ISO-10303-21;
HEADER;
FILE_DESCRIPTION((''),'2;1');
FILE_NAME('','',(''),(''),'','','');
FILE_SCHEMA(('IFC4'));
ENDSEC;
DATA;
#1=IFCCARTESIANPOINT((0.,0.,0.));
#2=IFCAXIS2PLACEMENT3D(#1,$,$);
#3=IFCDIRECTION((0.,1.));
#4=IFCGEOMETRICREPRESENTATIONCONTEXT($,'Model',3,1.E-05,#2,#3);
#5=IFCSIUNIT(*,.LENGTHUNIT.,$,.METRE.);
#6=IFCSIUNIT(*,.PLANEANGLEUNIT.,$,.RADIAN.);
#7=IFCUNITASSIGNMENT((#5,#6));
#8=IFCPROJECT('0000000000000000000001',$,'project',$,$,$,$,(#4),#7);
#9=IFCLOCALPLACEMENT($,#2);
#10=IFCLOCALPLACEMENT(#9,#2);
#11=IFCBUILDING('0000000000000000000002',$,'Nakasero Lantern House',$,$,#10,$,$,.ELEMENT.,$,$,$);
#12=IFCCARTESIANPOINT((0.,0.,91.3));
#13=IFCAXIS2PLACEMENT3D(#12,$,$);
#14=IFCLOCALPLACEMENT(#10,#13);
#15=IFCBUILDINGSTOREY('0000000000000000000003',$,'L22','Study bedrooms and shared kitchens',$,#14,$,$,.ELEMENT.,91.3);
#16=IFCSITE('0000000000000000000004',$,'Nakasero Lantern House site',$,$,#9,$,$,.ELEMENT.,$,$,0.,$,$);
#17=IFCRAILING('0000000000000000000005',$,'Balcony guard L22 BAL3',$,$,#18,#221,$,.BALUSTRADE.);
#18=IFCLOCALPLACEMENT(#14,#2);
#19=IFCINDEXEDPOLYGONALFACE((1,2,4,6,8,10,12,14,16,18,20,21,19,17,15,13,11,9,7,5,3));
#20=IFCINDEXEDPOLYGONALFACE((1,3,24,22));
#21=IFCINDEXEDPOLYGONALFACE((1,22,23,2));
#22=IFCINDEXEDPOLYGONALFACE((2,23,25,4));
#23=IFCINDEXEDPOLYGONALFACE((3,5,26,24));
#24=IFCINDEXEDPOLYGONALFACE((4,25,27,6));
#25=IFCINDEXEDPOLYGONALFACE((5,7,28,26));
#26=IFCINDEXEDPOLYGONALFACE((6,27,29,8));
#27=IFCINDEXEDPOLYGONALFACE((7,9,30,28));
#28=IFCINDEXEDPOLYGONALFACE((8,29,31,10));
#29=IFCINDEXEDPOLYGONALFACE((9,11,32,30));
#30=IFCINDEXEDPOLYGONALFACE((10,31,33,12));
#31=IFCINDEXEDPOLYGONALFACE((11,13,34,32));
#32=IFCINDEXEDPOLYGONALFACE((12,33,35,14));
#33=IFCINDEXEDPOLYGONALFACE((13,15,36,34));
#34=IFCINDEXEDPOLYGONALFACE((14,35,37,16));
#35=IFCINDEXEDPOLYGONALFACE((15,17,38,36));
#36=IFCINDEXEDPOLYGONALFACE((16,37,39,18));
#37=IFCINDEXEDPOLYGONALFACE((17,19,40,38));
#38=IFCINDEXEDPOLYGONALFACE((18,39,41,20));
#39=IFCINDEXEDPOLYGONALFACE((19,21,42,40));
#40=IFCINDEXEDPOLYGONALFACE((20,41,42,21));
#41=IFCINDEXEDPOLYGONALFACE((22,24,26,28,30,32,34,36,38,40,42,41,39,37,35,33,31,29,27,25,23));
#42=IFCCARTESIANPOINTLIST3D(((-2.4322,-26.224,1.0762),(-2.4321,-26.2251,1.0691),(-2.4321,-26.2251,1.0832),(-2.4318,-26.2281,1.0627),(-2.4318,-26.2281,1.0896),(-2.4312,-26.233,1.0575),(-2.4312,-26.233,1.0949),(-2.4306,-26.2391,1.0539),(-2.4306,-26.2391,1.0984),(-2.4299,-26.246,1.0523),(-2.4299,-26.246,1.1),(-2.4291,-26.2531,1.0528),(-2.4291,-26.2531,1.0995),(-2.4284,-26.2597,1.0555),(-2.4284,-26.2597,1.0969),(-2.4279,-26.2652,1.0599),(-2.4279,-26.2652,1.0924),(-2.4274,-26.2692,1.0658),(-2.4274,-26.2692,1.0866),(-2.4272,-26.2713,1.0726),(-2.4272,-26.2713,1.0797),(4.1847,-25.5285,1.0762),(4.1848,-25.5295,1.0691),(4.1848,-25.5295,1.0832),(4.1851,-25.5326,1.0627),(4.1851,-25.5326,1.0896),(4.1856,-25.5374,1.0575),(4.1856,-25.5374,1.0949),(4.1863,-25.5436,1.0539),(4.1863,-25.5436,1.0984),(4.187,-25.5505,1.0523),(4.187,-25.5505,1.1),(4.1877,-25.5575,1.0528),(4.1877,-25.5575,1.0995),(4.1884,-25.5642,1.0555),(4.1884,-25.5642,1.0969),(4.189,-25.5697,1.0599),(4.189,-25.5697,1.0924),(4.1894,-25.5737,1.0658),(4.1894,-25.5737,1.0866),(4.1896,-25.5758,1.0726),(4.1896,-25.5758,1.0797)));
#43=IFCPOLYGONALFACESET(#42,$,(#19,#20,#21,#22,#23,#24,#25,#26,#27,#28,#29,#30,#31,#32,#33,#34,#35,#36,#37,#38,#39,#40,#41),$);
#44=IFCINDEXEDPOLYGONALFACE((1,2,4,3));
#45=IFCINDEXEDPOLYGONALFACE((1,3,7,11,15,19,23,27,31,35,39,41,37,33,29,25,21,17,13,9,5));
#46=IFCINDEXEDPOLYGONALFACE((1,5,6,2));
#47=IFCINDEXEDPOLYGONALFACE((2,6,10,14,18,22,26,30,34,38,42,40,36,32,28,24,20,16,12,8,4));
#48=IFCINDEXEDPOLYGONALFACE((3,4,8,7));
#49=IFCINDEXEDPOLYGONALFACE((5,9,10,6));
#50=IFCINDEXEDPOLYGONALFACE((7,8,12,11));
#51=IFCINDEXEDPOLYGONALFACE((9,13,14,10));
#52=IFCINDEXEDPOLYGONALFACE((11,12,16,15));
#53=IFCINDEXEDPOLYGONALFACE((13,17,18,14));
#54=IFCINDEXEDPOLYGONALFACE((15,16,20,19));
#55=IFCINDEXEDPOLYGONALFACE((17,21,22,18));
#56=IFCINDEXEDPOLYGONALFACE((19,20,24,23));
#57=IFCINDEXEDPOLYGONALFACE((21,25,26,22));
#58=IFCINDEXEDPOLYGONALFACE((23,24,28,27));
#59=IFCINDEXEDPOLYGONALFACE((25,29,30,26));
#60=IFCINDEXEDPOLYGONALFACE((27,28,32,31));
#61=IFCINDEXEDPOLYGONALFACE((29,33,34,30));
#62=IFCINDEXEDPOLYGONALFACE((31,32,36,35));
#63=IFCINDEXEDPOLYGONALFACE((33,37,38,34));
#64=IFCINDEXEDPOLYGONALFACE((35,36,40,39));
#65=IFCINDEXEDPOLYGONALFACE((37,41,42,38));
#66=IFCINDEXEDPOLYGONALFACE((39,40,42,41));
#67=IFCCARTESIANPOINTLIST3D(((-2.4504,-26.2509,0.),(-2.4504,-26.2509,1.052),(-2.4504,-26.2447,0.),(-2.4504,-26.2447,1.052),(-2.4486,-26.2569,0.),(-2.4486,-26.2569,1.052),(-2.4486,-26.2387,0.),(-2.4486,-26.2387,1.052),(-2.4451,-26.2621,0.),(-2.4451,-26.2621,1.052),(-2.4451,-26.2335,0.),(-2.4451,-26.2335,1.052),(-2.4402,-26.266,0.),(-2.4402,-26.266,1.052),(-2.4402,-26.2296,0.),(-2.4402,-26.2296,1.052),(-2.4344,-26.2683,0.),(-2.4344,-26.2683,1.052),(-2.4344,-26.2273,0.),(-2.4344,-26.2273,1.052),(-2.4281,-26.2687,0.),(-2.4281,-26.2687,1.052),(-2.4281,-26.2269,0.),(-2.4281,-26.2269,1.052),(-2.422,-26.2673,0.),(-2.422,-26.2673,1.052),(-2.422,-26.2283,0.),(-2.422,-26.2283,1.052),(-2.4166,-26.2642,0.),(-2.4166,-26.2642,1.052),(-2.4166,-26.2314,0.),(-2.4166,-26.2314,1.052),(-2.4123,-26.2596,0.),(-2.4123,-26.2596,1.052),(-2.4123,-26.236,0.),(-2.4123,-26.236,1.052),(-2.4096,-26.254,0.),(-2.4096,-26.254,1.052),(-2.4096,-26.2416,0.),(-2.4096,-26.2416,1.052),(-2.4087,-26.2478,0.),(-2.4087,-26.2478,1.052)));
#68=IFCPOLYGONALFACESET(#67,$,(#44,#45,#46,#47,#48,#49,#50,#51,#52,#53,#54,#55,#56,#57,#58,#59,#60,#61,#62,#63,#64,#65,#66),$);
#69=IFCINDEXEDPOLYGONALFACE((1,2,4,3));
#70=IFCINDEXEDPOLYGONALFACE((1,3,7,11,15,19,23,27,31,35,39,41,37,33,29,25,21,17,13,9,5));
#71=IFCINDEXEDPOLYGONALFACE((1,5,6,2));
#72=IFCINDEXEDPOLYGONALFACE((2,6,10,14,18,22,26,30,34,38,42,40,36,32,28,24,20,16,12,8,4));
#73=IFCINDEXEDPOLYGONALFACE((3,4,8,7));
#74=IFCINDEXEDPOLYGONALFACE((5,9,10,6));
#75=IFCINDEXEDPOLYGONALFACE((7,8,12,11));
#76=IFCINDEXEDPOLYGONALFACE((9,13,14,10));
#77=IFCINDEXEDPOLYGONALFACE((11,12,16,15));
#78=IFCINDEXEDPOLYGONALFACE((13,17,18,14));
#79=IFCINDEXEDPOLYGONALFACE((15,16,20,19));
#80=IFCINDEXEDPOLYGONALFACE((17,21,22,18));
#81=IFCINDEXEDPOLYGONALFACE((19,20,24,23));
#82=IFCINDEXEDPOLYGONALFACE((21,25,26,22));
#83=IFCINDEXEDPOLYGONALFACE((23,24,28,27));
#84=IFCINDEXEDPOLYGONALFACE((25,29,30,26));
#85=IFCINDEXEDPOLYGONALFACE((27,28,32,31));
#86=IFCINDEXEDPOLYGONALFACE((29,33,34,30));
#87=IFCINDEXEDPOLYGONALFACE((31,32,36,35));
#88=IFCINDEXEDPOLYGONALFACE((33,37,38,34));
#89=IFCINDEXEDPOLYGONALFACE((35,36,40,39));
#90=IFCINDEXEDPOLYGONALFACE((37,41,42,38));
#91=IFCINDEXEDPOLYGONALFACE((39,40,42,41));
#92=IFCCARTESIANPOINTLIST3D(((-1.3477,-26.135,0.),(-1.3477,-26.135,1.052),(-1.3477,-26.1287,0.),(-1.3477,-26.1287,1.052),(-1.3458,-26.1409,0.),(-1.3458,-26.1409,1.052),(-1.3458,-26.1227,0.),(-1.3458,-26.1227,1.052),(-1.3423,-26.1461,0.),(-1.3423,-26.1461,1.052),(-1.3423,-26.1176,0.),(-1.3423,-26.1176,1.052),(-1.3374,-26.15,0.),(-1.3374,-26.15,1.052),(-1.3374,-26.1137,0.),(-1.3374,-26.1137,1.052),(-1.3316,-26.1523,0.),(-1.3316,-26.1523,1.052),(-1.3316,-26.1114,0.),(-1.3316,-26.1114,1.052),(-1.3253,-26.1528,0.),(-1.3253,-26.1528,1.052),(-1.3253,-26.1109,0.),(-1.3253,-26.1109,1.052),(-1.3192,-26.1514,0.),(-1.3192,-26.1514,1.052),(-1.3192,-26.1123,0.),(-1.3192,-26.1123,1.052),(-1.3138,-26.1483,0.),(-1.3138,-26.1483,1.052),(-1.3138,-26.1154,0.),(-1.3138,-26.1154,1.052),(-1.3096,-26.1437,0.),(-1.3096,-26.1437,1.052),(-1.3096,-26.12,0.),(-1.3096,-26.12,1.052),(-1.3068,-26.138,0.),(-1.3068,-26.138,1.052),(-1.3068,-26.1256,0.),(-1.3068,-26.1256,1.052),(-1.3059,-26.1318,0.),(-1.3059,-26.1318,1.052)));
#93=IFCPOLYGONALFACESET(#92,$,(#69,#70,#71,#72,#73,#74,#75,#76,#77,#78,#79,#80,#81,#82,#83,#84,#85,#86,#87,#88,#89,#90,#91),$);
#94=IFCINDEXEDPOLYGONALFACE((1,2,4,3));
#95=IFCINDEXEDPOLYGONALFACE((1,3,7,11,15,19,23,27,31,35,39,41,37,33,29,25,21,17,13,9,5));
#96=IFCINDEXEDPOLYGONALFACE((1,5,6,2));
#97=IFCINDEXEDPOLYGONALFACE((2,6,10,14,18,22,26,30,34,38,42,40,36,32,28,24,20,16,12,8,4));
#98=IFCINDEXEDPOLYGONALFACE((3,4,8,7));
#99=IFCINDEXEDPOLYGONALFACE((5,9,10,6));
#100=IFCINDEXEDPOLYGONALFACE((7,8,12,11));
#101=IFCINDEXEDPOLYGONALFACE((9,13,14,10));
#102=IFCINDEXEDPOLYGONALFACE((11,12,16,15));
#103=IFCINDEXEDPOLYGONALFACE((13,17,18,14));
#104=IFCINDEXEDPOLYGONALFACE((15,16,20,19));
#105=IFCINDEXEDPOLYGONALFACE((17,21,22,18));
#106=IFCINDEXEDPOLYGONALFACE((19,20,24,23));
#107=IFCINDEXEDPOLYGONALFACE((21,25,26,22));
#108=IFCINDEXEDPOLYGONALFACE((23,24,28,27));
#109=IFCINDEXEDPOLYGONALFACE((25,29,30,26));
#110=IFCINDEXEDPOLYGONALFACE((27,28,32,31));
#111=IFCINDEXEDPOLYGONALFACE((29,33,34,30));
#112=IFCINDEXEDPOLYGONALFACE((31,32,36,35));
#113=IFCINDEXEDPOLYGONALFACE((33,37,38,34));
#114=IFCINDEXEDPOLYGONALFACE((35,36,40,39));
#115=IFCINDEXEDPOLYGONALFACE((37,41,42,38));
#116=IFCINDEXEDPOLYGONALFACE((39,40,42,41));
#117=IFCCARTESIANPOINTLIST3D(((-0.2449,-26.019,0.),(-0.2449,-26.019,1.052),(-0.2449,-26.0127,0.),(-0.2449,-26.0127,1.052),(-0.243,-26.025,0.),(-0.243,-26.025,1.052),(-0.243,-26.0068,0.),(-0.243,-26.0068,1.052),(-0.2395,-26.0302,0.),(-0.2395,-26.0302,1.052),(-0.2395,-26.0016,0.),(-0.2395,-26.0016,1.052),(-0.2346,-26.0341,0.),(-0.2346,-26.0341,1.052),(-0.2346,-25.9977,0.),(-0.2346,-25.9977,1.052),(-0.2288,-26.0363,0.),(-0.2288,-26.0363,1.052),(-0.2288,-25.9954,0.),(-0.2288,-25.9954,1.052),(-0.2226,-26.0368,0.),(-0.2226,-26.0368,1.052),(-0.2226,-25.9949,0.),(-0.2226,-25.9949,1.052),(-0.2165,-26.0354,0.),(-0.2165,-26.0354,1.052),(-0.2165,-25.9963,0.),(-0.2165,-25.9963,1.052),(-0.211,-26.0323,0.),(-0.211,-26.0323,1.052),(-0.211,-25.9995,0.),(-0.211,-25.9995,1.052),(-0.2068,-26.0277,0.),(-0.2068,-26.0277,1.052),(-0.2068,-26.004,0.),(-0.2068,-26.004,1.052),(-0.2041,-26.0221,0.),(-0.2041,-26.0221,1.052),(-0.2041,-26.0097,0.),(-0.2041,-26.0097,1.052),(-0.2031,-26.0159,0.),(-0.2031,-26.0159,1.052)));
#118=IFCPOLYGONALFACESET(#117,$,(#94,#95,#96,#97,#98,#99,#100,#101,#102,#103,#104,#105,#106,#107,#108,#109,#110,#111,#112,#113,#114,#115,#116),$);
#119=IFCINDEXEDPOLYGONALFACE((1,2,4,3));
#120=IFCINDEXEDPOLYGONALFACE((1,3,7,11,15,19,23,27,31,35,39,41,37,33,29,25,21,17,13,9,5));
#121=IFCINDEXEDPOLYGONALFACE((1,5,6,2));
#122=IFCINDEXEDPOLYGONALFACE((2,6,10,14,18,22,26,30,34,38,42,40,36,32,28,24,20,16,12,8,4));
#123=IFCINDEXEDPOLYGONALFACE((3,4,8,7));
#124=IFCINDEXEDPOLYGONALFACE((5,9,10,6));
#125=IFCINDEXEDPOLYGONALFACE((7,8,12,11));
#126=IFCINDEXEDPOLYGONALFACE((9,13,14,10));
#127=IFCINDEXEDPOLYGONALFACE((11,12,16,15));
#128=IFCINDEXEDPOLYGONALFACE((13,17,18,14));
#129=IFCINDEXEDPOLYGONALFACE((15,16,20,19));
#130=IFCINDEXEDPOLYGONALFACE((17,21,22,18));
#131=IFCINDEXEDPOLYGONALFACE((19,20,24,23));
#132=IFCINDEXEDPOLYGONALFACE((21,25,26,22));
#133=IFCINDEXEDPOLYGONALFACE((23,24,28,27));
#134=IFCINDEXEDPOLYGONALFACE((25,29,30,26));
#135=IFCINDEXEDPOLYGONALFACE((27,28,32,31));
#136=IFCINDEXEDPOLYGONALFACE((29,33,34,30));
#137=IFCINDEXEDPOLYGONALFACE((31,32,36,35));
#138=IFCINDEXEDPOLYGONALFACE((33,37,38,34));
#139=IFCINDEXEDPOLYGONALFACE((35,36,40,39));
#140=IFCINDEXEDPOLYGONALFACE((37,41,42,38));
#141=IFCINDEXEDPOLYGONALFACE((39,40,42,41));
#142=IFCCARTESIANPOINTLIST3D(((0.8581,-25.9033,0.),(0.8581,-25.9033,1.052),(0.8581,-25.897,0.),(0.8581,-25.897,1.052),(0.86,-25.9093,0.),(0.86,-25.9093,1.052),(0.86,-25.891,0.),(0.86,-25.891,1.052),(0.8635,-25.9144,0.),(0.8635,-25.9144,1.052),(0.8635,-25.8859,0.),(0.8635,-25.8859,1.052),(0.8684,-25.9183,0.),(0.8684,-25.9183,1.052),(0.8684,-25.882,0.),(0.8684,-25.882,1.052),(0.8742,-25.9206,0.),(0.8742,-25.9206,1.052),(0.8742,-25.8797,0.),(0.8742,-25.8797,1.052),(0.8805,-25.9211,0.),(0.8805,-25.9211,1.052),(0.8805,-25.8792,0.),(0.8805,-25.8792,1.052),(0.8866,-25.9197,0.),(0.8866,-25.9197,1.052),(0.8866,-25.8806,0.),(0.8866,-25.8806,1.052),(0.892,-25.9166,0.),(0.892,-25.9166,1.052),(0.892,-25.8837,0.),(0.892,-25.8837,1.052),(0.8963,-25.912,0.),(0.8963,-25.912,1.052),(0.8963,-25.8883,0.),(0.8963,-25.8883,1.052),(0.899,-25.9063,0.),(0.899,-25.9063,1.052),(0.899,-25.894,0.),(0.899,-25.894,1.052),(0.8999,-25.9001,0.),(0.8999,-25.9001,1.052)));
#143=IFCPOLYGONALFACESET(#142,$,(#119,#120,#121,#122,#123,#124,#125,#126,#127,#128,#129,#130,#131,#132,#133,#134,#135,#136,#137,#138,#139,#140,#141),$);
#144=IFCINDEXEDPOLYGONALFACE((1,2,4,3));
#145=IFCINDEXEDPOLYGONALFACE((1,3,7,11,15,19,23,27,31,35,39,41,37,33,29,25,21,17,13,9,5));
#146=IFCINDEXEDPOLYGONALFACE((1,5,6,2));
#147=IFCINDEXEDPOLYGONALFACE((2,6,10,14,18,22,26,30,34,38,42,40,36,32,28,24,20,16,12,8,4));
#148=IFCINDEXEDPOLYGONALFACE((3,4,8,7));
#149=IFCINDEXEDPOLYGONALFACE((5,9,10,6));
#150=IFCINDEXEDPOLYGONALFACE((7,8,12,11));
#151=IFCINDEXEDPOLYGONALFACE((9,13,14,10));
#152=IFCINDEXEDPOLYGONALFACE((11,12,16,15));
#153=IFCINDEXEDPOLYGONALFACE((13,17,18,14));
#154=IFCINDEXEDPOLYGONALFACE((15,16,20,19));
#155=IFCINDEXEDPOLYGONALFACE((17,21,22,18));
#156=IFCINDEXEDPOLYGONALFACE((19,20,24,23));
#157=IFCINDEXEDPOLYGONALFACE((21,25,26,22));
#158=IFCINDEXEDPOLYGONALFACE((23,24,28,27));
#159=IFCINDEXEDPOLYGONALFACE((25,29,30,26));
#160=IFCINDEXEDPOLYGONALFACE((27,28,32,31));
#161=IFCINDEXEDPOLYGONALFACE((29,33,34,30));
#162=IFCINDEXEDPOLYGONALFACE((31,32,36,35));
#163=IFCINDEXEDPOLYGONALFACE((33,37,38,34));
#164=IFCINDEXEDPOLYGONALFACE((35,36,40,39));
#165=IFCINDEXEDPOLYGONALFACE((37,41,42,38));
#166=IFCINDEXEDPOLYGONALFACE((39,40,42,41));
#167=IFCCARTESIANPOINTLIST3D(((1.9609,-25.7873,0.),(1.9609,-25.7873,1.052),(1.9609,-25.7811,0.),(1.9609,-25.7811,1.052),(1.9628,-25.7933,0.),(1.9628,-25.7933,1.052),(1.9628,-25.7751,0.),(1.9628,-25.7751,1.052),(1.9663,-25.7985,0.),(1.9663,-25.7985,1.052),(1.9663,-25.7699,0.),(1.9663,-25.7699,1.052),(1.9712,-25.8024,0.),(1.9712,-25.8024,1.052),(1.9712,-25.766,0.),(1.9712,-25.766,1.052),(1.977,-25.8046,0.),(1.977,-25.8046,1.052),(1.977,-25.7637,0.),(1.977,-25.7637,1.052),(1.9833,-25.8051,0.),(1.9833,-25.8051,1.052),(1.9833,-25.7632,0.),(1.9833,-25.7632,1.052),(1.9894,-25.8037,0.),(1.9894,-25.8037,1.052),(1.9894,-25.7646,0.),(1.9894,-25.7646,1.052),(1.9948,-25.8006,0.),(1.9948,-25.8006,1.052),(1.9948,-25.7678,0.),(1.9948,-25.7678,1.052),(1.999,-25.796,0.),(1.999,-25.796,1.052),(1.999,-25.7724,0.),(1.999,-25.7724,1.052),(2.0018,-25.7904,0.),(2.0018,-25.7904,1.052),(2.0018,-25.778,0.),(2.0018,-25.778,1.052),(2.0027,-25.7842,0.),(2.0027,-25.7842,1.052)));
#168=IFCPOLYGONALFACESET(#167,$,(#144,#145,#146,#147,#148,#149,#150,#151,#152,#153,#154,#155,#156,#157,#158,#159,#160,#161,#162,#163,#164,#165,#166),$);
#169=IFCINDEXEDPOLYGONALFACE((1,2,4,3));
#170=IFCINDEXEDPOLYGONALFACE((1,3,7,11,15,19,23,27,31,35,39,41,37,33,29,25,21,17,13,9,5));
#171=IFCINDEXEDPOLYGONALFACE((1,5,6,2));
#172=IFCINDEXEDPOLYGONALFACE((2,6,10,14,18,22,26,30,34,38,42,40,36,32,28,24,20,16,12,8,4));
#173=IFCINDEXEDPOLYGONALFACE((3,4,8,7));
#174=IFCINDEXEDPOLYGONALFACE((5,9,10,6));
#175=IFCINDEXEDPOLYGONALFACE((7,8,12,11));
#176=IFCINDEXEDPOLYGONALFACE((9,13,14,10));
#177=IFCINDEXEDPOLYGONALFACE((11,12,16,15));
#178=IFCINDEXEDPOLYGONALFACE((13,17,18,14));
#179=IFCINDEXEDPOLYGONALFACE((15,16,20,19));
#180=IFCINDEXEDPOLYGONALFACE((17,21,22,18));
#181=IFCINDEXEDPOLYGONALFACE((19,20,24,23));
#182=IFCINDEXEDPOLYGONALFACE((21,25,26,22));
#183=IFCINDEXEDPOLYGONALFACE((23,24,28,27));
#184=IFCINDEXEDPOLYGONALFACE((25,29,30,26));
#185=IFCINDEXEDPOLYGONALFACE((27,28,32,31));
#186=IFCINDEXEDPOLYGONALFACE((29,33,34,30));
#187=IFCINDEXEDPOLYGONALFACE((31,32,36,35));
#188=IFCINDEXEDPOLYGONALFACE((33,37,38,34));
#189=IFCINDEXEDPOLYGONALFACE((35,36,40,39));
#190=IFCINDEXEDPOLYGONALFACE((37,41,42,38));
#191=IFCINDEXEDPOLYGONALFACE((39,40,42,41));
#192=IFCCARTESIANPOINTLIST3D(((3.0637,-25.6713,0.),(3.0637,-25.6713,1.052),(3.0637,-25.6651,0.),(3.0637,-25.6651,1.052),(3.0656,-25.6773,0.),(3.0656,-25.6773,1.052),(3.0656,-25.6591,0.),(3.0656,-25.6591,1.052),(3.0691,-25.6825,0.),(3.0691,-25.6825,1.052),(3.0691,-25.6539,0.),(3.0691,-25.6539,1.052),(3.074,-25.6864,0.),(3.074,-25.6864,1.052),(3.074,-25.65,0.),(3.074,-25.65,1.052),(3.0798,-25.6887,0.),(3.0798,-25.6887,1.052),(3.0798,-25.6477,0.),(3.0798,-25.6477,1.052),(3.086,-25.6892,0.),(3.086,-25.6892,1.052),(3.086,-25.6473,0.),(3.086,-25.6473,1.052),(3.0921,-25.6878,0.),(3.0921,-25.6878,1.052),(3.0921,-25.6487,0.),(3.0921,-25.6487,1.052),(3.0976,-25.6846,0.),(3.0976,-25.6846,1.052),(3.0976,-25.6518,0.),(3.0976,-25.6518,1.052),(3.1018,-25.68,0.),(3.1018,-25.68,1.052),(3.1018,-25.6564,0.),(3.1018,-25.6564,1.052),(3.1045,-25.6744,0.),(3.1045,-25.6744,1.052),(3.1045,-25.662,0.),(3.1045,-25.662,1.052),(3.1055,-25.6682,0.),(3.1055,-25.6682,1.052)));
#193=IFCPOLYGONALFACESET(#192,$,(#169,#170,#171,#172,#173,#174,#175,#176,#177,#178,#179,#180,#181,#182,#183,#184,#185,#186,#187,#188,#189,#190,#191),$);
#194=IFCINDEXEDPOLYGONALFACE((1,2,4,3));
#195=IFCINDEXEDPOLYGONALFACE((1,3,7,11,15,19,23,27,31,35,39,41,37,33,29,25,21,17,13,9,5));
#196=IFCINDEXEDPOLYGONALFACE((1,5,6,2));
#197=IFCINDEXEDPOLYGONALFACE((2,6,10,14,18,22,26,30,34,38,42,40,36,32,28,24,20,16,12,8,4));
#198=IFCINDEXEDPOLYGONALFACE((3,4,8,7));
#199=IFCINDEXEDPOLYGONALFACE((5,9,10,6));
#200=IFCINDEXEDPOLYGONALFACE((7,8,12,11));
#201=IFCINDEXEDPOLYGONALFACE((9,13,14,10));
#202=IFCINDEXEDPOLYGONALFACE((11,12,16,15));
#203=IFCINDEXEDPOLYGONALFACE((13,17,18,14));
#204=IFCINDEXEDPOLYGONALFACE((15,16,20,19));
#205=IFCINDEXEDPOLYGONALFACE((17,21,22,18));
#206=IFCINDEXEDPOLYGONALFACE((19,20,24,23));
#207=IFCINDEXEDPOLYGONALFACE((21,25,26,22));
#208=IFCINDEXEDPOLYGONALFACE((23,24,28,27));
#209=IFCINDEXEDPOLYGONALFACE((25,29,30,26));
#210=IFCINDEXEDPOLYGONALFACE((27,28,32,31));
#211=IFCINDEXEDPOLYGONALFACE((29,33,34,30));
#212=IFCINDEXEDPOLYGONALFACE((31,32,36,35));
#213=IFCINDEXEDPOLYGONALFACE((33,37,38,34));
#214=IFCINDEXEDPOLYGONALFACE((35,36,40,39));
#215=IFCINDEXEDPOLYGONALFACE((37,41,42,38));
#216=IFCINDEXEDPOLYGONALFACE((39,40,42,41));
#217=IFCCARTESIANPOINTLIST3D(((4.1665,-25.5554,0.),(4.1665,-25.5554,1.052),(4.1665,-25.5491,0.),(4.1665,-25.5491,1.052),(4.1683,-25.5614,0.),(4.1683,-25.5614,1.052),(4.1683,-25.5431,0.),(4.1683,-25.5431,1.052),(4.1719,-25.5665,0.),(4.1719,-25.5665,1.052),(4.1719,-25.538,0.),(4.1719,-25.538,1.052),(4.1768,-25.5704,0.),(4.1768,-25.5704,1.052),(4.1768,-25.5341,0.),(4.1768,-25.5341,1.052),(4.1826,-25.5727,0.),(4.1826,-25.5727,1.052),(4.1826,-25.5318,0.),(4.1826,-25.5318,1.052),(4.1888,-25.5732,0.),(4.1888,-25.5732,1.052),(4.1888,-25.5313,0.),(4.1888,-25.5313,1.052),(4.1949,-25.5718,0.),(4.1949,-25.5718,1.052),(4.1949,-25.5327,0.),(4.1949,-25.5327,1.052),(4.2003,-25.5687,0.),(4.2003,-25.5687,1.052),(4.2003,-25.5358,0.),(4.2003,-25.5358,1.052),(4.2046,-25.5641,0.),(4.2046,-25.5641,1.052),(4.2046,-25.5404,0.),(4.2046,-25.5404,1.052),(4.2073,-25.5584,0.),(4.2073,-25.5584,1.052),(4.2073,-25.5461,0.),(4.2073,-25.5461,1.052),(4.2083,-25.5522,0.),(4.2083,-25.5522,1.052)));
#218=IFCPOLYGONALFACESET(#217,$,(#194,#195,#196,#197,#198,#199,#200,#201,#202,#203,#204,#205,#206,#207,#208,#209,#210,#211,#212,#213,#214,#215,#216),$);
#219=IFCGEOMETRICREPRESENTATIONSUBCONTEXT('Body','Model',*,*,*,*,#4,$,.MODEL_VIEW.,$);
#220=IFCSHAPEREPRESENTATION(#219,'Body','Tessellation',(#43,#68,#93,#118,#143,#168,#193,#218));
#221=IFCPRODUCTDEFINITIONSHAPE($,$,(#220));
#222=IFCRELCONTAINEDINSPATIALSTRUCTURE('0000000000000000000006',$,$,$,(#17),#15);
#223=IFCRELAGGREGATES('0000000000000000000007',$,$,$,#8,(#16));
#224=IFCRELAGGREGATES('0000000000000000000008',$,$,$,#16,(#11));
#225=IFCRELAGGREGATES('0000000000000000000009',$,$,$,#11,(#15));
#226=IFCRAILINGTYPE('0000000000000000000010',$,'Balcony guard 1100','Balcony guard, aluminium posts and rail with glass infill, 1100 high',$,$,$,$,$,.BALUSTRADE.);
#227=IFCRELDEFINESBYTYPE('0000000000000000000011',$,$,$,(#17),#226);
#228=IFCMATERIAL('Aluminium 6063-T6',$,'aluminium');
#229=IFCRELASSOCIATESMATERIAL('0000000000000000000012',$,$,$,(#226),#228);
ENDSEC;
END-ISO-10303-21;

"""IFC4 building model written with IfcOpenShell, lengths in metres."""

from ifc_helpers import new_model, si_unit, direction, frame, origin, origin_2d, place, context, subcontext, project, spatial, circle, extrude, material, type_object, element, save


model = new_model("IFC4")

# Units and contexts
model_context = context("Model", 3, precision=1e-05, world=origin(), true_north=direction((0.0, 1.0)))
body_context = subcontext(model_context, "Body", "Model", "MODEL_VIEW")
ifc_project = project(units=[si_unit("LENGTHUNIT", "METRE"), si_unit("PLANEANGLEUNIT", "RADIAN")], contexts=[model_context])

# Site, building, storey
site_placement = place(None, origin())
site = spatial("IfcSite", under=ifc_project, at=site_placement, Name="Nakasero Lantern House site", CompositionType="ELEMENT", RefElevation=0.0)
building_placement = place(site_placement, origin())
building = spatial("IfcBuilding", under=site, at=building_placement, Name="Nakasero Lantern House", CompositionType="ELEMENT")
storey_placement = place(building_placement, frame((0.0, 0.0, 91.3)))
storey = spatial("IfcBuildingStorey", under=building, at=storey_placement, Name="L22", Description="Study bedrooms and shared kitchens", CompositionType="ELEMENT", Elevation=91.3)

# Railing
ifc_material_1 = material(Name="Aluminium 6063-T6", Category="aluminium")
railing_type = type_object("IfcRailingType", Name="Balcony guard 1100", Description="Balcony guard, aluminium posts and rail with glass infill, 1100 high", PredefinedType="BALUSTRADE", material=ifc_material_1)
railing_placement = place(storey_placement, frame((-2.4297, -26.2478, 0.0)))
element("IfcRailing", 1, at=railing_placement, inside=storey, type_object=railing_type, Name="Balcony guard L22 BAL3", PredefinedType="BALUSTRADE", context=body_context, shape_type="SweptSolid", body=[
    extrude(circle(Radius=0.0239, at=origin_2d()), frame((0.0, 0.0, 1.0762), z_axis=(0.994521, 0.104542, 0.0), x_axis=(-0.104542, 0.994521, 0.0)), (0.0, 0.0, 1.0), 6.6533),
    extrude(circle(Radius=0.021, at=origin_2d()), origin(), (0.0, 0.0, 1.0), 1.052),
    extrude(circle(Radius=0.021, at=origin_2d()), frame((1.1028, 0.116, 0.0)), (0.0, 0.0, 1.0), 1.052),
    extrude(circle(Radius=0.021, at=origin_2d()), frame((2.2056, 0.2319, 0.0)), (0.0, 0.0, 1.0), 1.052),
    extrude(circle(Radius=0.021, at=origin_2d()), frame((3.3086, 0.3477, 0.0)), (0.0, 0.0, 1.0), 1.052),
    extrude(circle(Radius=0.021, at=origin_2d()), frame((4.4114, 0.4636, 0.0)), (0.0, 0.0, 1.0), 1.052),
    extrude(circle(Radius=0.021, at=origin_2d()), frame((5.5142, 0.5796, 0.0)), (0.0, 0.0, 1.0), 1.052),
    extrude(circle(Radius=0.021, at=origin_2d()), frame((6.6169, 0.6956, 0.0)), (0.0, 0.0, 1.0), 1.052),
])

save(model, "model.ifc")
